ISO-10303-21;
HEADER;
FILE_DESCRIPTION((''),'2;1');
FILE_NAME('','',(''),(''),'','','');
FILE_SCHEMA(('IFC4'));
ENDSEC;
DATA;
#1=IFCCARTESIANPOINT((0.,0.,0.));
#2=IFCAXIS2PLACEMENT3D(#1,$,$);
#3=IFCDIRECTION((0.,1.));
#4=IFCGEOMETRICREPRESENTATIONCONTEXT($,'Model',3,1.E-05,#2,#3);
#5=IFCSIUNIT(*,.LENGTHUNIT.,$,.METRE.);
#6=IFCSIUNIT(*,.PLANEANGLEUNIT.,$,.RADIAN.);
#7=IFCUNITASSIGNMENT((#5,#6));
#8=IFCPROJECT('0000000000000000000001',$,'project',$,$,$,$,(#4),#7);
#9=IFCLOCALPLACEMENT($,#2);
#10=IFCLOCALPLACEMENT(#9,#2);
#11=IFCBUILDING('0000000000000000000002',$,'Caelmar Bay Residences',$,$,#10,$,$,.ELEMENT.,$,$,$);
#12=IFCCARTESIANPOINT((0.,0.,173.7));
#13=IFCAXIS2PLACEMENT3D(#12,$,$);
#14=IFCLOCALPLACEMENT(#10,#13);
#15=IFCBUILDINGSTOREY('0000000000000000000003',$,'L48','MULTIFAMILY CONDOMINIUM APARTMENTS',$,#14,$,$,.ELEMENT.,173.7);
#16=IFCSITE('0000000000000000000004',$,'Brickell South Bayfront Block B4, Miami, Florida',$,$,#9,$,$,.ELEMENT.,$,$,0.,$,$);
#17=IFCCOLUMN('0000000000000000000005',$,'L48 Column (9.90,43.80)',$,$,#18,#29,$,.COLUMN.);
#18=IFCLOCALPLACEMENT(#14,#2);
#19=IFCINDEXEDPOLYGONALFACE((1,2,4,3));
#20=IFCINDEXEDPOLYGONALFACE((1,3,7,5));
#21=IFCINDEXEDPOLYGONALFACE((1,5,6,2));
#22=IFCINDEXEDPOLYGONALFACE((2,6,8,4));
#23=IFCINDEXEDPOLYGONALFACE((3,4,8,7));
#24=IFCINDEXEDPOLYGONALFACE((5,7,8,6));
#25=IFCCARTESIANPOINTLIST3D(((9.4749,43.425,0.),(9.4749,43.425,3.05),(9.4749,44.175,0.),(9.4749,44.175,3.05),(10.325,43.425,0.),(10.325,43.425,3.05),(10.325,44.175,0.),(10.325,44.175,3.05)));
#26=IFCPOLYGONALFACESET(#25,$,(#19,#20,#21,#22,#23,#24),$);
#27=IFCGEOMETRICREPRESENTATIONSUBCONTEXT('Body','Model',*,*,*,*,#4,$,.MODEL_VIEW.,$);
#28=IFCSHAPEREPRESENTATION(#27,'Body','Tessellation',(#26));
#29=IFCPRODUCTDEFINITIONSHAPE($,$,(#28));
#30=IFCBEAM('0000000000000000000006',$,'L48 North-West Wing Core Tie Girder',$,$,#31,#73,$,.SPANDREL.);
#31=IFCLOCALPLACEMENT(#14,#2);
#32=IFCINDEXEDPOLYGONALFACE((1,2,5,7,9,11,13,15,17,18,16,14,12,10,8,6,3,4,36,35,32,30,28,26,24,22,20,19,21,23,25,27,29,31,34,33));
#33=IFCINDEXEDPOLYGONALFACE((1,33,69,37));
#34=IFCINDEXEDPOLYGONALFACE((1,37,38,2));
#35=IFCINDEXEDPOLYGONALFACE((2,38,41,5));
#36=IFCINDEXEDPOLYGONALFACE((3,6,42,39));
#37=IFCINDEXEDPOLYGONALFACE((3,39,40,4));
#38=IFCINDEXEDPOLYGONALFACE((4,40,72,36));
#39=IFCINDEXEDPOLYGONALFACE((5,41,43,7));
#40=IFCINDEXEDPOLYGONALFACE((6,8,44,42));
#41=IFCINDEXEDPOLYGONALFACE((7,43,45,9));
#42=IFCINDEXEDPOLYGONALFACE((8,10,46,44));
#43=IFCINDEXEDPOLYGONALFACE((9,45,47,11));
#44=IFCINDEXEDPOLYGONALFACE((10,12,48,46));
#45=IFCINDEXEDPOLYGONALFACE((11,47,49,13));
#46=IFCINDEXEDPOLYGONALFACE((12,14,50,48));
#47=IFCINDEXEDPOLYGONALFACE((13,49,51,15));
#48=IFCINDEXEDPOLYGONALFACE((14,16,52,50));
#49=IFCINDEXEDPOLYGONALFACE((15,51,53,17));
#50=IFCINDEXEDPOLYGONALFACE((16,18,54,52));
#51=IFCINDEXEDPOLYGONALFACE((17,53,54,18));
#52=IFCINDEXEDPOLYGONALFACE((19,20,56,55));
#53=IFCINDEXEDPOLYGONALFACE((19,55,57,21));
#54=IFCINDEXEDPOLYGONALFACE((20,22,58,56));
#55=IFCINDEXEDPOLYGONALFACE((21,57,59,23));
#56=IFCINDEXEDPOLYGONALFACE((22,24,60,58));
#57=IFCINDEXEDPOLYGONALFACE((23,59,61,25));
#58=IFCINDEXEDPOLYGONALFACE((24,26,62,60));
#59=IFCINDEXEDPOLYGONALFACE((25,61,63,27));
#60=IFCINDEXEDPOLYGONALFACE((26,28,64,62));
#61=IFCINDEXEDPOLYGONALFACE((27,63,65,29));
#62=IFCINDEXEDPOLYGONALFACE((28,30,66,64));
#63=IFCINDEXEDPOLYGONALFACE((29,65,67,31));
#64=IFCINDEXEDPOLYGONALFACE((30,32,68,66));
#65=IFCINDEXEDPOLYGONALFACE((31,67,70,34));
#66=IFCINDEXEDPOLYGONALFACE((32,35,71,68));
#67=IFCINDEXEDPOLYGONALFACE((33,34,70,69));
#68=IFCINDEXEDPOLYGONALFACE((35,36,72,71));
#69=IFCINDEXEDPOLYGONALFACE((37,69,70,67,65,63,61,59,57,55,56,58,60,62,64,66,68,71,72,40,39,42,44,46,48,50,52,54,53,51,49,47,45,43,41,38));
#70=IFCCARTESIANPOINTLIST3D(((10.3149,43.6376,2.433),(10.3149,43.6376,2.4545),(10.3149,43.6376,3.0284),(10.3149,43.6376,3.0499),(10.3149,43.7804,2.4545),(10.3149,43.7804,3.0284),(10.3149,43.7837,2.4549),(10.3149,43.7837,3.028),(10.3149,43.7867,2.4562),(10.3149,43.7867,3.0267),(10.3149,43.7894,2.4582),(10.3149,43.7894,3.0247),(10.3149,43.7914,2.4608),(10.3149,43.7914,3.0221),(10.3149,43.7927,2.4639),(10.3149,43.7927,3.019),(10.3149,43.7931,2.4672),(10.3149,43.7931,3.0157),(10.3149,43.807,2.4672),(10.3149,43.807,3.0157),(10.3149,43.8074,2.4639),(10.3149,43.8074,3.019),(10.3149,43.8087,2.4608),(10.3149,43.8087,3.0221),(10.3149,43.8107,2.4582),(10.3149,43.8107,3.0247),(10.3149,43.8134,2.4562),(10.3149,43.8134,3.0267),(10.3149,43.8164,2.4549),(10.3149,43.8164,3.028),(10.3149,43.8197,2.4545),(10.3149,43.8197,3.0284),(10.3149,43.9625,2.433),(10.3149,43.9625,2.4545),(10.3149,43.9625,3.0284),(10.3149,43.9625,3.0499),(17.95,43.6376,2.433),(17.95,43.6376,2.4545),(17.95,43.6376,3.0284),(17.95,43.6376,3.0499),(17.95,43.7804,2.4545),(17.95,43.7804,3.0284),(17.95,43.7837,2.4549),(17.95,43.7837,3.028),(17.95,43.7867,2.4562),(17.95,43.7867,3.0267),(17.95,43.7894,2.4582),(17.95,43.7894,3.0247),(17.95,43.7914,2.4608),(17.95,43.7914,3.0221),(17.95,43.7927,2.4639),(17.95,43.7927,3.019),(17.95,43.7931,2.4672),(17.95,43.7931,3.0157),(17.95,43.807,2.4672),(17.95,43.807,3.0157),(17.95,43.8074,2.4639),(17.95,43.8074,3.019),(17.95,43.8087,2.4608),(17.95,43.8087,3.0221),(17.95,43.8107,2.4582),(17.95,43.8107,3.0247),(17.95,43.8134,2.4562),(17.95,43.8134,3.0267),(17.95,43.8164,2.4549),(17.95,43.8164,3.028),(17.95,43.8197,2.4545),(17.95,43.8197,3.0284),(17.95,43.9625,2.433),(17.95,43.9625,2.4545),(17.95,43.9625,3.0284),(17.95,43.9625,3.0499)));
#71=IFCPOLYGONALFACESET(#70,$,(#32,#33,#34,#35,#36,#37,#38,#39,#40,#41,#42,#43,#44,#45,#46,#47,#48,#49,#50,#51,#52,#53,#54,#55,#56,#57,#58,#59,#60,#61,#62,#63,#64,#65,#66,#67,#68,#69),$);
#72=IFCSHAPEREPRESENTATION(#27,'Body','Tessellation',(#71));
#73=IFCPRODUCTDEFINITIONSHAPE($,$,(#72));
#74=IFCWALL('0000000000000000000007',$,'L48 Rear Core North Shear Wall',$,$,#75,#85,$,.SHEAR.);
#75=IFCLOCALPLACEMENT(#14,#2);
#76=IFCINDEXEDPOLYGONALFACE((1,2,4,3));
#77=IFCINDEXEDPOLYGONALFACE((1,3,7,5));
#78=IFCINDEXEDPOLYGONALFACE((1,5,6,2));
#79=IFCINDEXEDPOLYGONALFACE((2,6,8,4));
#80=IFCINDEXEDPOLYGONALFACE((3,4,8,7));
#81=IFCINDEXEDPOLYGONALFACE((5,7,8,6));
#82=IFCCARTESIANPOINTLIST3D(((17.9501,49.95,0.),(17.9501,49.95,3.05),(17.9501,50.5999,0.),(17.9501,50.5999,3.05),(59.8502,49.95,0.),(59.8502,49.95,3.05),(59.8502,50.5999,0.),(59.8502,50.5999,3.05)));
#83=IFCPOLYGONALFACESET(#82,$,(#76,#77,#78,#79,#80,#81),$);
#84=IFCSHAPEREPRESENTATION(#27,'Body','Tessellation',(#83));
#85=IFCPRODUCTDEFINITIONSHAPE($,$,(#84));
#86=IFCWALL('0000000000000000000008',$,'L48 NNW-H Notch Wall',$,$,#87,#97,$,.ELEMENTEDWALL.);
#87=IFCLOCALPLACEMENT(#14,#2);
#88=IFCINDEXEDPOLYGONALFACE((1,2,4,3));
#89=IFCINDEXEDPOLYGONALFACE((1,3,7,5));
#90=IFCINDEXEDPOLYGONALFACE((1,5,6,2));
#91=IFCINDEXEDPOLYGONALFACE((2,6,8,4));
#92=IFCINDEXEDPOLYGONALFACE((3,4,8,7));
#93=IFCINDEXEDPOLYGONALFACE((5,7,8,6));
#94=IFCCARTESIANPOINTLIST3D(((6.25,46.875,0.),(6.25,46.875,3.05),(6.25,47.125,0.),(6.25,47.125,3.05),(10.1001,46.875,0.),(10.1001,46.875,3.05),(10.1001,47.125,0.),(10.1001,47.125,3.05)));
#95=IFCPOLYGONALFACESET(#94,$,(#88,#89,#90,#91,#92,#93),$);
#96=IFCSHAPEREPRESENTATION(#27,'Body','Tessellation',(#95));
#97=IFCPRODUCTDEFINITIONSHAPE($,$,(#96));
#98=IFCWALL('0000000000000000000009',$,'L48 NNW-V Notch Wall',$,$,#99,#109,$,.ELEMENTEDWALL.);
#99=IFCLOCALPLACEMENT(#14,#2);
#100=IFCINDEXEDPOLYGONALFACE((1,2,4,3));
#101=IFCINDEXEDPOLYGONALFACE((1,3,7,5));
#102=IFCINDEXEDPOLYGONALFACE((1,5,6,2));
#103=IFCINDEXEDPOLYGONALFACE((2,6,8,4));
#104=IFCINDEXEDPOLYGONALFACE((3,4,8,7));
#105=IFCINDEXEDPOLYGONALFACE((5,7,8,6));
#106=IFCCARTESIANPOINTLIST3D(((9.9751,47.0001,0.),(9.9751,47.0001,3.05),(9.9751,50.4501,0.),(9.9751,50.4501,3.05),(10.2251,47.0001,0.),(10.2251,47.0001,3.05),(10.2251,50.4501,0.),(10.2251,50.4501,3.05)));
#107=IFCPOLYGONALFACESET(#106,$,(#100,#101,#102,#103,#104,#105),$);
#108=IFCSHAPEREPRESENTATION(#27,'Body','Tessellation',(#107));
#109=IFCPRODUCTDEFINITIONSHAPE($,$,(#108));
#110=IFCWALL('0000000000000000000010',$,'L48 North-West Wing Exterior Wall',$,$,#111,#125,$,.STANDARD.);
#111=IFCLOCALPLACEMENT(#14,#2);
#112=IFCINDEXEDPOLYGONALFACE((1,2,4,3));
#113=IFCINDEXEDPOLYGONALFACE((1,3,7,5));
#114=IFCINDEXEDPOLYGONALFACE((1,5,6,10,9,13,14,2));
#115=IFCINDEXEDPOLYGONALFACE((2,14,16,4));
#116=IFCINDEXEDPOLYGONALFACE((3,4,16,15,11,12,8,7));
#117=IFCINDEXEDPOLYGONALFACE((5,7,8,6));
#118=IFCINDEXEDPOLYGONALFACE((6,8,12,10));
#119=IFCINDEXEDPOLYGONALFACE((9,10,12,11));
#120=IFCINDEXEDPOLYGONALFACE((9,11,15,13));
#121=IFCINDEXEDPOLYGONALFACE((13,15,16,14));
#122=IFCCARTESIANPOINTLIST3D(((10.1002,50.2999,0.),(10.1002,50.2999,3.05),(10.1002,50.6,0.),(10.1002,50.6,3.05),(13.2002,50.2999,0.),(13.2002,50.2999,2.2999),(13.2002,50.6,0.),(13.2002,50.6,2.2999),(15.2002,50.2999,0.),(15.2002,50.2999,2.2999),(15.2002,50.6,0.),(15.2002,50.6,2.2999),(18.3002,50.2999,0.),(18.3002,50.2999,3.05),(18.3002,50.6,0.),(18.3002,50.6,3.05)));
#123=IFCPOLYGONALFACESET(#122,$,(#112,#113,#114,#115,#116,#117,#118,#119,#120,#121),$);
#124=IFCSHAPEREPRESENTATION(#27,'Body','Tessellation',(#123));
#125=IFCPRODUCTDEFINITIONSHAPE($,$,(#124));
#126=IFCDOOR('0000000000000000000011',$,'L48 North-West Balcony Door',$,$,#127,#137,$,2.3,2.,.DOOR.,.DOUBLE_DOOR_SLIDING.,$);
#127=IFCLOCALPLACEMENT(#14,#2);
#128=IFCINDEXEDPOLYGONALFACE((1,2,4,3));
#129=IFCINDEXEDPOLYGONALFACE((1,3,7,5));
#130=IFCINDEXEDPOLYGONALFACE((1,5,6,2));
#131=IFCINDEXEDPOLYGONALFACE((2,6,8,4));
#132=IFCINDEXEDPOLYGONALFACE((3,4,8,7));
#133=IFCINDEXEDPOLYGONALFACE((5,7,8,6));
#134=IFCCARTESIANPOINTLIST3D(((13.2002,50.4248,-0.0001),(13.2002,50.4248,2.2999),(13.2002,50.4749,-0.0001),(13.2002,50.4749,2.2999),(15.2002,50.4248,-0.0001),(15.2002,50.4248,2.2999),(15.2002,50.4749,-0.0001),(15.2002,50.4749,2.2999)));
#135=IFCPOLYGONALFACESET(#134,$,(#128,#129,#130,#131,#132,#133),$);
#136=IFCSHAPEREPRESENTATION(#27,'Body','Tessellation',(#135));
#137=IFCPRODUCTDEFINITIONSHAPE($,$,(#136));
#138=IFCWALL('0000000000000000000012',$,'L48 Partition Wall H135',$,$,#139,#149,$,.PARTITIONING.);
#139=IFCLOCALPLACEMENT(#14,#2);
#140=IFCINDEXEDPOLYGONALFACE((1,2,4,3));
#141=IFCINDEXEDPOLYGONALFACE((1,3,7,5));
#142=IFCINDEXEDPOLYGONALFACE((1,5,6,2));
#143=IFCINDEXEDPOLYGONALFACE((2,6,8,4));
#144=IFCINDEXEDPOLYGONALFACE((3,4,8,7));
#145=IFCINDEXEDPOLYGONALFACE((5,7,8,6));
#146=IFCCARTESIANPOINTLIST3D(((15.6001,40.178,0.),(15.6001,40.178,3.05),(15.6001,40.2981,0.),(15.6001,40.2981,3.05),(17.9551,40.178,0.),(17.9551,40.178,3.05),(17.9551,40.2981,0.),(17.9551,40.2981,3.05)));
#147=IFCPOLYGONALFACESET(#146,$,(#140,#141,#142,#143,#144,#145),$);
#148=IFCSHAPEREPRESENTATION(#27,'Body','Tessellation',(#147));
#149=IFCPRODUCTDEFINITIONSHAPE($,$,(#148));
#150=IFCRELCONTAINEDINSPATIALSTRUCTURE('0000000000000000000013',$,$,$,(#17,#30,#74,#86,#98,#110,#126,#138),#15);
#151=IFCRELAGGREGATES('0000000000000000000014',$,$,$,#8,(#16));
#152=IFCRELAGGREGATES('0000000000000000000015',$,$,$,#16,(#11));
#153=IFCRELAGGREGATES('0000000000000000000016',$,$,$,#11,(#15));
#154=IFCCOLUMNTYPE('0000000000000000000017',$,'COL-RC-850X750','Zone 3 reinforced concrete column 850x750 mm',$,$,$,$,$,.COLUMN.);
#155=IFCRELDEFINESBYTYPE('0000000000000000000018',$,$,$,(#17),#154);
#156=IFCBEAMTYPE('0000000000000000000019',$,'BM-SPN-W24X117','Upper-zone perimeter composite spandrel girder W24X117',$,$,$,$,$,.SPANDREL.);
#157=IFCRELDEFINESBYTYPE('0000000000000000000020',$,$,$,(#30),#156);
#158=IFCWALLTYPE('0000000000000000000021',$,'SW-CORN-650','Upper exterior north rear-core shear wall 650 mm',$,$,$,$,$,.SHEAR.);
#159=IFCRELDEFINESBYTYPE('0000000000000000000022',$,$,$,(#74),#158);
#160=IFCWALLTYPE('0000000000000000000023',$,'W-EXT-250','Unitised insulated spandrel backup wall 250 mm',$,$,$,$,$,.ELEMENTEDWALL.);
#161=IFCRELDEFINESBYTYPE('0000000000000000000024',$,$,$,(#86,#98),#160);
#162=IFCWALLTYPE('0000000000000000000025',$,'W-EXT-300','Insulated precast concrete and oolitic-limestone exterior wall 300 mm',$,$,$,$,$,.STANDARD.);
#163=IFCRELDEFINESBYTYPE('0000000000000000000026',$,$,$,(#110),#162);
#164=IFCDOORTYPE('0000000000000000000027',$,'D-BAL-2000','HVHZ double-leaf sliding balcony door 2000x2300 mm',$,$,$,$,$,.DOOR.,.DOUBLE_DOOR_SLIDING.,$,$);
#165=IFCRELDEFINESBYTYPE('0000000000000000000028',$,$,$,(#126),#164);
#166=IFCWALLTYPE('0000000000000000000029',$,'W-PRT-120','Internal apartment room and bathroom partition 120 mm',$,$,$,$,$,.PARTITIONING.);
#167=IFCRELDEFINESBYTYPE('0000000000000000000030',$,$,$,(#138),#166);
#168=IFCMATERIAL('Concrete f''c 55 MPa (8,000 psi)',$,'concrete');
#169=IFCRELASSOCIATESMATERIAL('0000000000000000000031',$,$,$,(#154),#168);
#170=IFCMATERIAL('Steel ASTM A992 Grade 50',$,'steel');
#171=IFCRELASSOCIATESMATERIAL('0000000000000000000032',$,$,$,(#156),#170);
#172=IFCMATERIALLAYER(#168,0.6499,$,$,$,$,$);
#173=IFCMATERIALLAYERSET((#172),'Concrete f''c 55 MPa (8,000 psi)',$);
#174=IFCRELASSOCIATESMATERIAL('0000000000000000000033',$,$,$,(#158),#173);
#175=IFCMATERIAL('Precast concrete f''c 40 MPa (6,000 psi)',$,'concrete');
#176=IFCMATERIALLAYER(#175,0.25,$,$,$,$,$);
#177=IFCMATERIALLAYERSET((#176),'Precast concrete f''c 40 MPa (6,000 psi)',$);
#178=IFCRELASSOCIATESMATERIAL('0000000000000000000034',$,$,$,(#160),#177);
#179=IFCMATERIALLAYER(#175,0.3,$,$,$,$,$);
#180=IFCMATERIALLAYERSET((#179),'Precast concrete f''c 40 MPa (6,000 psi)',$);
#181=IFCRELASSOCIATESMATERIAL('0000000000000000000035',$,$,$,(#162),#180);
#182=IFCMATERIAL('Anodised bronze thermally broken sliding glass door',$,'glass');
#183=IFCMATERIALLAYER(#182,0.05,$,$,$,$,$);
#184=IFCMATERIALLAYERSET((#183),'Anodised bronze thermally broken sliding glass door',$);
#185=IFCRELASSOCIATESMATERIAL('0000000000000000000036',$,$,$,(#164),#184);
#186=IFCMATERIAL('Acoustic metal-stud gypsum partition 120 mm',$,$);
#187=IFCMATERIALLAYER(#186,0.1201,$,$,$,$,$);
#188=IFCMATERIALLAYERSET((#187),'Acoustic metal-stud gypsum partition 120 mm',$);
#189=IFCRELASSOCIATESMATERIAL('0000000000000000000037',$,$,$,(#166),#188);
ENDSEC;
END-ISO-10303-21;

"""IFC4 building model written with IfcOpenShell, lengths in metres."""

from ifc_helpers import new_model, si_unit, direction, frame, frame_2d, origin, origin_2d, place, context, subcontext, project, spatial, rectangle, i_section, extrude, material, layer, layer_set, material_profile, profile_set, type_object, element, fill, save


model = new_model("IFC4")

# Units and contexts
model_context = context("Model", 3, precision=1e-05, world=origin(), true_north=direction((0.0, 1.0)))
body_context = subcontext(model_context, "Body", "Model", "MODEL_VIEW")
ifc_project = project(units=[si_unit("LENGTHUNIT", "METRE"), si_unit("PLANEANGLEUNIT", "RADIAN")], contexts=[model_context])

# Site, building, storey
site_placement = place(None, origin())
site = spatial("IfcSite", under=ifc_project, at=site_placement, Name="Brickell South Bayfront Block B4, Miami, Florida", CompositionType="ELEMENT", RefElevation=0.0)
building_placement = place(site_placement, origin())
building = spatial("IfcBuilding", under=site, at=building_placement, Name="Caelmar Bay Residences", CompositionType="ELEMENT")
storey_placement = place(building_placement, frame((0.0, 0.0, 173.7)))
storey = spatial("IfcBuildingStorey", under=building, at=storey_placement, Name="L48", Description="MULTIFAMILY CONDOMINIUM APARTMENTS", CompositionType="ELEMENT", Elevation=173.7)

# Column
ifc_material_1 = material(Name="Concrete f'c 55 MPa (8,000 psi)", Category="concrete")
ifc_material_profile_1 = material_profile(ifc_material_1, rectangle(XDim=0.8501, YDim=0.75, at=origin_2d()), Name="RC-COL-850X750")
ifc_profile_set_1 = profile_set([ifc_material_profile_1], Name="Concrete f'c 55 MPa (8,000 psi)")
column_type = type_object("IfcColumnType", Name="COL-RC-850X750", Description="Zone 3 reinforced concrete column 850x750 mm", PredefinedType="COLUMN", material=ifc_profile_set_1)
column_placement = place(storey_placement, frame((9.8999, 43.8, 0.0), z_axis=(0.0, 0.0, 1.0), x_axis=(1.0, 0.0, 0.0)))
element("IfcColumn", 1, at=column_placement, inside=storey, type_object=column_type, Name="L48 Column (9.90,43.80)", PredefinedType="COLUMN", context=body_context, shape_type="SweptSolid", body=[
    extrude(rectangle(XDim=0.8501, YDim=0.75, at=origin_2d()), origin(), (0.0, 0.0, 1.0), 3.05),
])

# Beam
ifc_material_2 = material(Name="Steel ASTM A992 Grade 50", Category="steel")
ifc_material_profile_2 = material_profile(ifc_material_2, i_section(OverallWidth=0.325, OverallDepth=0.6169, WebThickness=0.0139, FlangeThickness=0.0215, FilletRadius=0.0127, at=origin_2d()), Name="W24X117")
ifc_profile_set_2 = profile_set([ifc_material_profile_2], Name="Steel ASTM A992 Grade 50")
beam_type = type_object("IfcBeamType", Name="BM-SPN-W24X117", Description="Upper-zone perimeter composite spandrel girder W24X117", PredefinedType="SPANDREL", material=ifc_profile_set_2)
beam_placement = place(storey_placement, frame((10.3149, 43.8, 2.7415), z_axis=(1.0, 0.0, 0.0), x_axis=(0.0, 1.0, 0.0)))
element("IfcBeam", 2, at=beam_placement, inside=storey, type_object=beam_type, Name="L48 North-West Wing Core Tie Girder", PredefinedType="SPANDREL", context=body_context, shape_type="SweptSolid", body=[
    extrude(i_section(OverallWidth=0.325, OverallDepth=0.6169, WebThickness=0.0139, FlangeThickness=0.0215, FilletRadius=0.0127, at=origin_2d()), origin(), (0.0, 0.0, 1.0), 7.635),
])

# Walls
ifc_layer_1 = layer(ifc_material_1, 0.6499)
ifc_layer_set_1 = layer_set([ifc_layer_1], Name="Concrete f'c 55 MPa (8,000 psi)")
wall_type_1 = type_object("IfcWallType", Name="SW-CORN-650", Description="Upper exterior north rear-core shear wall 650 mm", PredefinedType="SHEAR", material=ifc_layer_set_1)
wall_1_placement = place(storey_placement, frame((17.95, 50.2749, 0.0), z_axis=(0.0, 0.0, 1.0), x_axis=(1.0, 0.0, 0.0)))
element("IfcWall", 3, at=wall_1_placement, inside=storey, type_object=wall_type_1, Name="L48 Rear Core North Shear Wall", PredefinedType="SHEAR", context=body_context, shape_type="SweptSolid", body=[
    extrude(rectangle(XDim=41.9001, YDim=0.6499, at=frame_2d((20.9502, 0.0))), origin(), (0.0, 0.0, 1.0), 3.05),
])
ifc_material_3 = material(Name="Precast concrete f'c 40 MPa (6,000 psi)", Category="concrete")
ifc_layer_2 = layer(ifc_material_3, 0.25)
ifc_layer_set_2 = layer_set([ifc_layer_2], Name="Precast concrete f'c 40 MPa (6,000 psi)")
wall_type_2 = type_object("IfcWallType", Name="W-EXT-250", Description="Unitised insulated spandrel backup wall 250 mm", PredefinedType="ELEMENTEDWALL", material=ifc_layer_set_2)
wall_2_placement = place(storey_placement, frame((6.25, 47.0, 0.0), z_axis=(0.0, 0.0, 1.0), x_axis=(1.0, 0.0, 0.0)))
element("IfcWall", 4, at=wall_2_placement, inside=storey, type_object=wall_type_2, Name="L48 NNW-H Notch Wall", PredefinedType="ELEMENTEDWALL", context=body_context, shape_type="SweptSolid", body=[
    extrude(rectangle(XDim=3.8501, YDim=0.25, at=frame_2d((1.925, 0.0))), origin(), (0.0, 0.0, 1.0), 3.05),
])
wall_3_placement = place(storey_placement, frame((10.1001, 47.0, 0.0), z_axis=(0.0, 0.0, 1.0), x_axis=(0.0, 1.0, 0.0)))
element("IfcWall", 5, at=wall_3_placement, inside=storey, type_object=wall_type_2, Name="L48 NNW-V Notch Wall", PredefinedType="ELEMENTEDWALL", context=body_context, shape_type="SweptSolid", body=[
    extrude(rectangle(XDim=3.45, YDim=0.25, at=frame_2d((1.7251, 0.0))), origin(), (0.0, 0.0, 1.0), 3.05),
])

# Wall, opening, door
ifc_layer_3 = layer(ifc_material_3, 0.3)
ifc_layer_set_3 = layer_set([ifc_layer_3], Name="Precast concrete f'c 40 MPa (6,000 psi)")
wall_type_3 = type_object("IfcWallType", Name="W-EXT-300", Description="Insulated precast concrete and oolitic-limestone exterior wall 300 mm", PredefinedType="STANDARD", material=ifc_layer_set_3)
wall_4_placement = place(storey_placement, frame((10.1001, 50.45, 0.0), z_axis=(0.0, 0.0, 1.0), x_axis=(1.0, 0.0, 0.0)))
wall_4 = element("IfcWall", 6, at=wall_4_placement, inside=storey, type_object=wall_type_3, Name="L48 North-West Wing Exterior Wall", PredefinedType="STANDARD", context=body_context, shape_type="SweptSolid", body=[
    extrude(rectangle(XDim=8.2, YDim=0.3, at=frame_2d((4.1001, 0.0))), origin(), (0.0, 0.0, 1.0), 3.05),
])
opening_1_placement = place(wall_4_placement, frame((3.1001, 0.0, 0.0)))
opening_1 = element("IfcOpeningElement", 7, at=opening_1_placement, cuts=wall_4, PredefinedType="OPENING", context=body_context, shape_type="SweptSolid", body=[
    extrude(rectangle(XDim=2.0, YDim=2.3, at=frame_2d((1.0, 1.1499))), frame((0.0, 0.1599, 0.0), z_axis=(0.0, -1.0, 0.0), x_axis=(1.0, 0.0, 0.0)), (0.0, 0.0, 1.0), 0.3201),
])
ifc_material_4 = material(Name="Anodised bronze thermally broken sliding glass door", Category="glass")
ifc_layer_4 = layer(ifc_material_4, 0.05)
ifc_layer_set_4 = layer_set([ifc_layer_4], Name="Anodised bronze thermally broken sliding glass door")
door_type_1 = type_object("IfcDoorType", Name="D-BAL-2000", Description="HVHZ double-leaf sliding balcony door 2000x2300 mm", OperationType="DOUBLE_DOOR_SLIDING", PredefinedType="DOOR", material=ifc_layer_set_4)
door_1_placement = place(opening_1_placement, origin())
door_1 = element("IfcDoor", 8, at=door_1_placement, inside=storey, type_object=door_type_1, Name="L48 North-West Balcony Door", OperationType="DOUBLE_DOOR_SLIDING", OverallHeight=2.3, OverallWidth=2.0, PredefinedType="DOOR", context=body_context, shape_type="SweptSolid", body=[
    extrude(rectangle(XDim=2.0, YDim=2.3, at=frame_2d((1.0, 1.1499))), frame((0.0, 0.0249, 0.0), z_axis=(0.0, -1.0, 0.0), x_axis=(1.0, 0.0, 0.0)), (0.0, 0.0, 1.0), 0.05),
])
fill(opening_1, door_1)
ifc_material_5 = material(Name="Acoustic metal-stud gypsum partition 120 mm")
ifc_layer_5 = layer(ifc_material_5, 0.1201)
ifc_layer_set_5 = layer_set([ifc_layer_5], Name="Acoustic metal-stud gypsum partition 120 mm")
wall_type_4 = type_object("IfcWallType", Name="W-PRT-120", Description="Internal apartment room and bathroom partition 120 mm", PredefinedType="PARTITIONING", material=ifc_layer_set_5)

# Wall
wall_5_placement = place(storey_placement, frame((15.6001, 40.238, 0.0), z_axis=(0.0, 0.0, 1.0), x_axis=(1.0, 0.0, 0.0)))
element("IfcWall", 9, at=wall_5_placement, inside=storey, type_object=wall_type_4, Name="L48 Partition Wall H135", PredefinedType="PARTITIONING", context=body_context, shape_type="SweptSolid", body=[
    extrude(rectangle(XDim=2.355, YDim=0.1201, at=frame_2d((1.1775, 0.0))), origin(), (0.0, 0.0, 1.0), 3.05),
])

save(model, "model.ifc")
